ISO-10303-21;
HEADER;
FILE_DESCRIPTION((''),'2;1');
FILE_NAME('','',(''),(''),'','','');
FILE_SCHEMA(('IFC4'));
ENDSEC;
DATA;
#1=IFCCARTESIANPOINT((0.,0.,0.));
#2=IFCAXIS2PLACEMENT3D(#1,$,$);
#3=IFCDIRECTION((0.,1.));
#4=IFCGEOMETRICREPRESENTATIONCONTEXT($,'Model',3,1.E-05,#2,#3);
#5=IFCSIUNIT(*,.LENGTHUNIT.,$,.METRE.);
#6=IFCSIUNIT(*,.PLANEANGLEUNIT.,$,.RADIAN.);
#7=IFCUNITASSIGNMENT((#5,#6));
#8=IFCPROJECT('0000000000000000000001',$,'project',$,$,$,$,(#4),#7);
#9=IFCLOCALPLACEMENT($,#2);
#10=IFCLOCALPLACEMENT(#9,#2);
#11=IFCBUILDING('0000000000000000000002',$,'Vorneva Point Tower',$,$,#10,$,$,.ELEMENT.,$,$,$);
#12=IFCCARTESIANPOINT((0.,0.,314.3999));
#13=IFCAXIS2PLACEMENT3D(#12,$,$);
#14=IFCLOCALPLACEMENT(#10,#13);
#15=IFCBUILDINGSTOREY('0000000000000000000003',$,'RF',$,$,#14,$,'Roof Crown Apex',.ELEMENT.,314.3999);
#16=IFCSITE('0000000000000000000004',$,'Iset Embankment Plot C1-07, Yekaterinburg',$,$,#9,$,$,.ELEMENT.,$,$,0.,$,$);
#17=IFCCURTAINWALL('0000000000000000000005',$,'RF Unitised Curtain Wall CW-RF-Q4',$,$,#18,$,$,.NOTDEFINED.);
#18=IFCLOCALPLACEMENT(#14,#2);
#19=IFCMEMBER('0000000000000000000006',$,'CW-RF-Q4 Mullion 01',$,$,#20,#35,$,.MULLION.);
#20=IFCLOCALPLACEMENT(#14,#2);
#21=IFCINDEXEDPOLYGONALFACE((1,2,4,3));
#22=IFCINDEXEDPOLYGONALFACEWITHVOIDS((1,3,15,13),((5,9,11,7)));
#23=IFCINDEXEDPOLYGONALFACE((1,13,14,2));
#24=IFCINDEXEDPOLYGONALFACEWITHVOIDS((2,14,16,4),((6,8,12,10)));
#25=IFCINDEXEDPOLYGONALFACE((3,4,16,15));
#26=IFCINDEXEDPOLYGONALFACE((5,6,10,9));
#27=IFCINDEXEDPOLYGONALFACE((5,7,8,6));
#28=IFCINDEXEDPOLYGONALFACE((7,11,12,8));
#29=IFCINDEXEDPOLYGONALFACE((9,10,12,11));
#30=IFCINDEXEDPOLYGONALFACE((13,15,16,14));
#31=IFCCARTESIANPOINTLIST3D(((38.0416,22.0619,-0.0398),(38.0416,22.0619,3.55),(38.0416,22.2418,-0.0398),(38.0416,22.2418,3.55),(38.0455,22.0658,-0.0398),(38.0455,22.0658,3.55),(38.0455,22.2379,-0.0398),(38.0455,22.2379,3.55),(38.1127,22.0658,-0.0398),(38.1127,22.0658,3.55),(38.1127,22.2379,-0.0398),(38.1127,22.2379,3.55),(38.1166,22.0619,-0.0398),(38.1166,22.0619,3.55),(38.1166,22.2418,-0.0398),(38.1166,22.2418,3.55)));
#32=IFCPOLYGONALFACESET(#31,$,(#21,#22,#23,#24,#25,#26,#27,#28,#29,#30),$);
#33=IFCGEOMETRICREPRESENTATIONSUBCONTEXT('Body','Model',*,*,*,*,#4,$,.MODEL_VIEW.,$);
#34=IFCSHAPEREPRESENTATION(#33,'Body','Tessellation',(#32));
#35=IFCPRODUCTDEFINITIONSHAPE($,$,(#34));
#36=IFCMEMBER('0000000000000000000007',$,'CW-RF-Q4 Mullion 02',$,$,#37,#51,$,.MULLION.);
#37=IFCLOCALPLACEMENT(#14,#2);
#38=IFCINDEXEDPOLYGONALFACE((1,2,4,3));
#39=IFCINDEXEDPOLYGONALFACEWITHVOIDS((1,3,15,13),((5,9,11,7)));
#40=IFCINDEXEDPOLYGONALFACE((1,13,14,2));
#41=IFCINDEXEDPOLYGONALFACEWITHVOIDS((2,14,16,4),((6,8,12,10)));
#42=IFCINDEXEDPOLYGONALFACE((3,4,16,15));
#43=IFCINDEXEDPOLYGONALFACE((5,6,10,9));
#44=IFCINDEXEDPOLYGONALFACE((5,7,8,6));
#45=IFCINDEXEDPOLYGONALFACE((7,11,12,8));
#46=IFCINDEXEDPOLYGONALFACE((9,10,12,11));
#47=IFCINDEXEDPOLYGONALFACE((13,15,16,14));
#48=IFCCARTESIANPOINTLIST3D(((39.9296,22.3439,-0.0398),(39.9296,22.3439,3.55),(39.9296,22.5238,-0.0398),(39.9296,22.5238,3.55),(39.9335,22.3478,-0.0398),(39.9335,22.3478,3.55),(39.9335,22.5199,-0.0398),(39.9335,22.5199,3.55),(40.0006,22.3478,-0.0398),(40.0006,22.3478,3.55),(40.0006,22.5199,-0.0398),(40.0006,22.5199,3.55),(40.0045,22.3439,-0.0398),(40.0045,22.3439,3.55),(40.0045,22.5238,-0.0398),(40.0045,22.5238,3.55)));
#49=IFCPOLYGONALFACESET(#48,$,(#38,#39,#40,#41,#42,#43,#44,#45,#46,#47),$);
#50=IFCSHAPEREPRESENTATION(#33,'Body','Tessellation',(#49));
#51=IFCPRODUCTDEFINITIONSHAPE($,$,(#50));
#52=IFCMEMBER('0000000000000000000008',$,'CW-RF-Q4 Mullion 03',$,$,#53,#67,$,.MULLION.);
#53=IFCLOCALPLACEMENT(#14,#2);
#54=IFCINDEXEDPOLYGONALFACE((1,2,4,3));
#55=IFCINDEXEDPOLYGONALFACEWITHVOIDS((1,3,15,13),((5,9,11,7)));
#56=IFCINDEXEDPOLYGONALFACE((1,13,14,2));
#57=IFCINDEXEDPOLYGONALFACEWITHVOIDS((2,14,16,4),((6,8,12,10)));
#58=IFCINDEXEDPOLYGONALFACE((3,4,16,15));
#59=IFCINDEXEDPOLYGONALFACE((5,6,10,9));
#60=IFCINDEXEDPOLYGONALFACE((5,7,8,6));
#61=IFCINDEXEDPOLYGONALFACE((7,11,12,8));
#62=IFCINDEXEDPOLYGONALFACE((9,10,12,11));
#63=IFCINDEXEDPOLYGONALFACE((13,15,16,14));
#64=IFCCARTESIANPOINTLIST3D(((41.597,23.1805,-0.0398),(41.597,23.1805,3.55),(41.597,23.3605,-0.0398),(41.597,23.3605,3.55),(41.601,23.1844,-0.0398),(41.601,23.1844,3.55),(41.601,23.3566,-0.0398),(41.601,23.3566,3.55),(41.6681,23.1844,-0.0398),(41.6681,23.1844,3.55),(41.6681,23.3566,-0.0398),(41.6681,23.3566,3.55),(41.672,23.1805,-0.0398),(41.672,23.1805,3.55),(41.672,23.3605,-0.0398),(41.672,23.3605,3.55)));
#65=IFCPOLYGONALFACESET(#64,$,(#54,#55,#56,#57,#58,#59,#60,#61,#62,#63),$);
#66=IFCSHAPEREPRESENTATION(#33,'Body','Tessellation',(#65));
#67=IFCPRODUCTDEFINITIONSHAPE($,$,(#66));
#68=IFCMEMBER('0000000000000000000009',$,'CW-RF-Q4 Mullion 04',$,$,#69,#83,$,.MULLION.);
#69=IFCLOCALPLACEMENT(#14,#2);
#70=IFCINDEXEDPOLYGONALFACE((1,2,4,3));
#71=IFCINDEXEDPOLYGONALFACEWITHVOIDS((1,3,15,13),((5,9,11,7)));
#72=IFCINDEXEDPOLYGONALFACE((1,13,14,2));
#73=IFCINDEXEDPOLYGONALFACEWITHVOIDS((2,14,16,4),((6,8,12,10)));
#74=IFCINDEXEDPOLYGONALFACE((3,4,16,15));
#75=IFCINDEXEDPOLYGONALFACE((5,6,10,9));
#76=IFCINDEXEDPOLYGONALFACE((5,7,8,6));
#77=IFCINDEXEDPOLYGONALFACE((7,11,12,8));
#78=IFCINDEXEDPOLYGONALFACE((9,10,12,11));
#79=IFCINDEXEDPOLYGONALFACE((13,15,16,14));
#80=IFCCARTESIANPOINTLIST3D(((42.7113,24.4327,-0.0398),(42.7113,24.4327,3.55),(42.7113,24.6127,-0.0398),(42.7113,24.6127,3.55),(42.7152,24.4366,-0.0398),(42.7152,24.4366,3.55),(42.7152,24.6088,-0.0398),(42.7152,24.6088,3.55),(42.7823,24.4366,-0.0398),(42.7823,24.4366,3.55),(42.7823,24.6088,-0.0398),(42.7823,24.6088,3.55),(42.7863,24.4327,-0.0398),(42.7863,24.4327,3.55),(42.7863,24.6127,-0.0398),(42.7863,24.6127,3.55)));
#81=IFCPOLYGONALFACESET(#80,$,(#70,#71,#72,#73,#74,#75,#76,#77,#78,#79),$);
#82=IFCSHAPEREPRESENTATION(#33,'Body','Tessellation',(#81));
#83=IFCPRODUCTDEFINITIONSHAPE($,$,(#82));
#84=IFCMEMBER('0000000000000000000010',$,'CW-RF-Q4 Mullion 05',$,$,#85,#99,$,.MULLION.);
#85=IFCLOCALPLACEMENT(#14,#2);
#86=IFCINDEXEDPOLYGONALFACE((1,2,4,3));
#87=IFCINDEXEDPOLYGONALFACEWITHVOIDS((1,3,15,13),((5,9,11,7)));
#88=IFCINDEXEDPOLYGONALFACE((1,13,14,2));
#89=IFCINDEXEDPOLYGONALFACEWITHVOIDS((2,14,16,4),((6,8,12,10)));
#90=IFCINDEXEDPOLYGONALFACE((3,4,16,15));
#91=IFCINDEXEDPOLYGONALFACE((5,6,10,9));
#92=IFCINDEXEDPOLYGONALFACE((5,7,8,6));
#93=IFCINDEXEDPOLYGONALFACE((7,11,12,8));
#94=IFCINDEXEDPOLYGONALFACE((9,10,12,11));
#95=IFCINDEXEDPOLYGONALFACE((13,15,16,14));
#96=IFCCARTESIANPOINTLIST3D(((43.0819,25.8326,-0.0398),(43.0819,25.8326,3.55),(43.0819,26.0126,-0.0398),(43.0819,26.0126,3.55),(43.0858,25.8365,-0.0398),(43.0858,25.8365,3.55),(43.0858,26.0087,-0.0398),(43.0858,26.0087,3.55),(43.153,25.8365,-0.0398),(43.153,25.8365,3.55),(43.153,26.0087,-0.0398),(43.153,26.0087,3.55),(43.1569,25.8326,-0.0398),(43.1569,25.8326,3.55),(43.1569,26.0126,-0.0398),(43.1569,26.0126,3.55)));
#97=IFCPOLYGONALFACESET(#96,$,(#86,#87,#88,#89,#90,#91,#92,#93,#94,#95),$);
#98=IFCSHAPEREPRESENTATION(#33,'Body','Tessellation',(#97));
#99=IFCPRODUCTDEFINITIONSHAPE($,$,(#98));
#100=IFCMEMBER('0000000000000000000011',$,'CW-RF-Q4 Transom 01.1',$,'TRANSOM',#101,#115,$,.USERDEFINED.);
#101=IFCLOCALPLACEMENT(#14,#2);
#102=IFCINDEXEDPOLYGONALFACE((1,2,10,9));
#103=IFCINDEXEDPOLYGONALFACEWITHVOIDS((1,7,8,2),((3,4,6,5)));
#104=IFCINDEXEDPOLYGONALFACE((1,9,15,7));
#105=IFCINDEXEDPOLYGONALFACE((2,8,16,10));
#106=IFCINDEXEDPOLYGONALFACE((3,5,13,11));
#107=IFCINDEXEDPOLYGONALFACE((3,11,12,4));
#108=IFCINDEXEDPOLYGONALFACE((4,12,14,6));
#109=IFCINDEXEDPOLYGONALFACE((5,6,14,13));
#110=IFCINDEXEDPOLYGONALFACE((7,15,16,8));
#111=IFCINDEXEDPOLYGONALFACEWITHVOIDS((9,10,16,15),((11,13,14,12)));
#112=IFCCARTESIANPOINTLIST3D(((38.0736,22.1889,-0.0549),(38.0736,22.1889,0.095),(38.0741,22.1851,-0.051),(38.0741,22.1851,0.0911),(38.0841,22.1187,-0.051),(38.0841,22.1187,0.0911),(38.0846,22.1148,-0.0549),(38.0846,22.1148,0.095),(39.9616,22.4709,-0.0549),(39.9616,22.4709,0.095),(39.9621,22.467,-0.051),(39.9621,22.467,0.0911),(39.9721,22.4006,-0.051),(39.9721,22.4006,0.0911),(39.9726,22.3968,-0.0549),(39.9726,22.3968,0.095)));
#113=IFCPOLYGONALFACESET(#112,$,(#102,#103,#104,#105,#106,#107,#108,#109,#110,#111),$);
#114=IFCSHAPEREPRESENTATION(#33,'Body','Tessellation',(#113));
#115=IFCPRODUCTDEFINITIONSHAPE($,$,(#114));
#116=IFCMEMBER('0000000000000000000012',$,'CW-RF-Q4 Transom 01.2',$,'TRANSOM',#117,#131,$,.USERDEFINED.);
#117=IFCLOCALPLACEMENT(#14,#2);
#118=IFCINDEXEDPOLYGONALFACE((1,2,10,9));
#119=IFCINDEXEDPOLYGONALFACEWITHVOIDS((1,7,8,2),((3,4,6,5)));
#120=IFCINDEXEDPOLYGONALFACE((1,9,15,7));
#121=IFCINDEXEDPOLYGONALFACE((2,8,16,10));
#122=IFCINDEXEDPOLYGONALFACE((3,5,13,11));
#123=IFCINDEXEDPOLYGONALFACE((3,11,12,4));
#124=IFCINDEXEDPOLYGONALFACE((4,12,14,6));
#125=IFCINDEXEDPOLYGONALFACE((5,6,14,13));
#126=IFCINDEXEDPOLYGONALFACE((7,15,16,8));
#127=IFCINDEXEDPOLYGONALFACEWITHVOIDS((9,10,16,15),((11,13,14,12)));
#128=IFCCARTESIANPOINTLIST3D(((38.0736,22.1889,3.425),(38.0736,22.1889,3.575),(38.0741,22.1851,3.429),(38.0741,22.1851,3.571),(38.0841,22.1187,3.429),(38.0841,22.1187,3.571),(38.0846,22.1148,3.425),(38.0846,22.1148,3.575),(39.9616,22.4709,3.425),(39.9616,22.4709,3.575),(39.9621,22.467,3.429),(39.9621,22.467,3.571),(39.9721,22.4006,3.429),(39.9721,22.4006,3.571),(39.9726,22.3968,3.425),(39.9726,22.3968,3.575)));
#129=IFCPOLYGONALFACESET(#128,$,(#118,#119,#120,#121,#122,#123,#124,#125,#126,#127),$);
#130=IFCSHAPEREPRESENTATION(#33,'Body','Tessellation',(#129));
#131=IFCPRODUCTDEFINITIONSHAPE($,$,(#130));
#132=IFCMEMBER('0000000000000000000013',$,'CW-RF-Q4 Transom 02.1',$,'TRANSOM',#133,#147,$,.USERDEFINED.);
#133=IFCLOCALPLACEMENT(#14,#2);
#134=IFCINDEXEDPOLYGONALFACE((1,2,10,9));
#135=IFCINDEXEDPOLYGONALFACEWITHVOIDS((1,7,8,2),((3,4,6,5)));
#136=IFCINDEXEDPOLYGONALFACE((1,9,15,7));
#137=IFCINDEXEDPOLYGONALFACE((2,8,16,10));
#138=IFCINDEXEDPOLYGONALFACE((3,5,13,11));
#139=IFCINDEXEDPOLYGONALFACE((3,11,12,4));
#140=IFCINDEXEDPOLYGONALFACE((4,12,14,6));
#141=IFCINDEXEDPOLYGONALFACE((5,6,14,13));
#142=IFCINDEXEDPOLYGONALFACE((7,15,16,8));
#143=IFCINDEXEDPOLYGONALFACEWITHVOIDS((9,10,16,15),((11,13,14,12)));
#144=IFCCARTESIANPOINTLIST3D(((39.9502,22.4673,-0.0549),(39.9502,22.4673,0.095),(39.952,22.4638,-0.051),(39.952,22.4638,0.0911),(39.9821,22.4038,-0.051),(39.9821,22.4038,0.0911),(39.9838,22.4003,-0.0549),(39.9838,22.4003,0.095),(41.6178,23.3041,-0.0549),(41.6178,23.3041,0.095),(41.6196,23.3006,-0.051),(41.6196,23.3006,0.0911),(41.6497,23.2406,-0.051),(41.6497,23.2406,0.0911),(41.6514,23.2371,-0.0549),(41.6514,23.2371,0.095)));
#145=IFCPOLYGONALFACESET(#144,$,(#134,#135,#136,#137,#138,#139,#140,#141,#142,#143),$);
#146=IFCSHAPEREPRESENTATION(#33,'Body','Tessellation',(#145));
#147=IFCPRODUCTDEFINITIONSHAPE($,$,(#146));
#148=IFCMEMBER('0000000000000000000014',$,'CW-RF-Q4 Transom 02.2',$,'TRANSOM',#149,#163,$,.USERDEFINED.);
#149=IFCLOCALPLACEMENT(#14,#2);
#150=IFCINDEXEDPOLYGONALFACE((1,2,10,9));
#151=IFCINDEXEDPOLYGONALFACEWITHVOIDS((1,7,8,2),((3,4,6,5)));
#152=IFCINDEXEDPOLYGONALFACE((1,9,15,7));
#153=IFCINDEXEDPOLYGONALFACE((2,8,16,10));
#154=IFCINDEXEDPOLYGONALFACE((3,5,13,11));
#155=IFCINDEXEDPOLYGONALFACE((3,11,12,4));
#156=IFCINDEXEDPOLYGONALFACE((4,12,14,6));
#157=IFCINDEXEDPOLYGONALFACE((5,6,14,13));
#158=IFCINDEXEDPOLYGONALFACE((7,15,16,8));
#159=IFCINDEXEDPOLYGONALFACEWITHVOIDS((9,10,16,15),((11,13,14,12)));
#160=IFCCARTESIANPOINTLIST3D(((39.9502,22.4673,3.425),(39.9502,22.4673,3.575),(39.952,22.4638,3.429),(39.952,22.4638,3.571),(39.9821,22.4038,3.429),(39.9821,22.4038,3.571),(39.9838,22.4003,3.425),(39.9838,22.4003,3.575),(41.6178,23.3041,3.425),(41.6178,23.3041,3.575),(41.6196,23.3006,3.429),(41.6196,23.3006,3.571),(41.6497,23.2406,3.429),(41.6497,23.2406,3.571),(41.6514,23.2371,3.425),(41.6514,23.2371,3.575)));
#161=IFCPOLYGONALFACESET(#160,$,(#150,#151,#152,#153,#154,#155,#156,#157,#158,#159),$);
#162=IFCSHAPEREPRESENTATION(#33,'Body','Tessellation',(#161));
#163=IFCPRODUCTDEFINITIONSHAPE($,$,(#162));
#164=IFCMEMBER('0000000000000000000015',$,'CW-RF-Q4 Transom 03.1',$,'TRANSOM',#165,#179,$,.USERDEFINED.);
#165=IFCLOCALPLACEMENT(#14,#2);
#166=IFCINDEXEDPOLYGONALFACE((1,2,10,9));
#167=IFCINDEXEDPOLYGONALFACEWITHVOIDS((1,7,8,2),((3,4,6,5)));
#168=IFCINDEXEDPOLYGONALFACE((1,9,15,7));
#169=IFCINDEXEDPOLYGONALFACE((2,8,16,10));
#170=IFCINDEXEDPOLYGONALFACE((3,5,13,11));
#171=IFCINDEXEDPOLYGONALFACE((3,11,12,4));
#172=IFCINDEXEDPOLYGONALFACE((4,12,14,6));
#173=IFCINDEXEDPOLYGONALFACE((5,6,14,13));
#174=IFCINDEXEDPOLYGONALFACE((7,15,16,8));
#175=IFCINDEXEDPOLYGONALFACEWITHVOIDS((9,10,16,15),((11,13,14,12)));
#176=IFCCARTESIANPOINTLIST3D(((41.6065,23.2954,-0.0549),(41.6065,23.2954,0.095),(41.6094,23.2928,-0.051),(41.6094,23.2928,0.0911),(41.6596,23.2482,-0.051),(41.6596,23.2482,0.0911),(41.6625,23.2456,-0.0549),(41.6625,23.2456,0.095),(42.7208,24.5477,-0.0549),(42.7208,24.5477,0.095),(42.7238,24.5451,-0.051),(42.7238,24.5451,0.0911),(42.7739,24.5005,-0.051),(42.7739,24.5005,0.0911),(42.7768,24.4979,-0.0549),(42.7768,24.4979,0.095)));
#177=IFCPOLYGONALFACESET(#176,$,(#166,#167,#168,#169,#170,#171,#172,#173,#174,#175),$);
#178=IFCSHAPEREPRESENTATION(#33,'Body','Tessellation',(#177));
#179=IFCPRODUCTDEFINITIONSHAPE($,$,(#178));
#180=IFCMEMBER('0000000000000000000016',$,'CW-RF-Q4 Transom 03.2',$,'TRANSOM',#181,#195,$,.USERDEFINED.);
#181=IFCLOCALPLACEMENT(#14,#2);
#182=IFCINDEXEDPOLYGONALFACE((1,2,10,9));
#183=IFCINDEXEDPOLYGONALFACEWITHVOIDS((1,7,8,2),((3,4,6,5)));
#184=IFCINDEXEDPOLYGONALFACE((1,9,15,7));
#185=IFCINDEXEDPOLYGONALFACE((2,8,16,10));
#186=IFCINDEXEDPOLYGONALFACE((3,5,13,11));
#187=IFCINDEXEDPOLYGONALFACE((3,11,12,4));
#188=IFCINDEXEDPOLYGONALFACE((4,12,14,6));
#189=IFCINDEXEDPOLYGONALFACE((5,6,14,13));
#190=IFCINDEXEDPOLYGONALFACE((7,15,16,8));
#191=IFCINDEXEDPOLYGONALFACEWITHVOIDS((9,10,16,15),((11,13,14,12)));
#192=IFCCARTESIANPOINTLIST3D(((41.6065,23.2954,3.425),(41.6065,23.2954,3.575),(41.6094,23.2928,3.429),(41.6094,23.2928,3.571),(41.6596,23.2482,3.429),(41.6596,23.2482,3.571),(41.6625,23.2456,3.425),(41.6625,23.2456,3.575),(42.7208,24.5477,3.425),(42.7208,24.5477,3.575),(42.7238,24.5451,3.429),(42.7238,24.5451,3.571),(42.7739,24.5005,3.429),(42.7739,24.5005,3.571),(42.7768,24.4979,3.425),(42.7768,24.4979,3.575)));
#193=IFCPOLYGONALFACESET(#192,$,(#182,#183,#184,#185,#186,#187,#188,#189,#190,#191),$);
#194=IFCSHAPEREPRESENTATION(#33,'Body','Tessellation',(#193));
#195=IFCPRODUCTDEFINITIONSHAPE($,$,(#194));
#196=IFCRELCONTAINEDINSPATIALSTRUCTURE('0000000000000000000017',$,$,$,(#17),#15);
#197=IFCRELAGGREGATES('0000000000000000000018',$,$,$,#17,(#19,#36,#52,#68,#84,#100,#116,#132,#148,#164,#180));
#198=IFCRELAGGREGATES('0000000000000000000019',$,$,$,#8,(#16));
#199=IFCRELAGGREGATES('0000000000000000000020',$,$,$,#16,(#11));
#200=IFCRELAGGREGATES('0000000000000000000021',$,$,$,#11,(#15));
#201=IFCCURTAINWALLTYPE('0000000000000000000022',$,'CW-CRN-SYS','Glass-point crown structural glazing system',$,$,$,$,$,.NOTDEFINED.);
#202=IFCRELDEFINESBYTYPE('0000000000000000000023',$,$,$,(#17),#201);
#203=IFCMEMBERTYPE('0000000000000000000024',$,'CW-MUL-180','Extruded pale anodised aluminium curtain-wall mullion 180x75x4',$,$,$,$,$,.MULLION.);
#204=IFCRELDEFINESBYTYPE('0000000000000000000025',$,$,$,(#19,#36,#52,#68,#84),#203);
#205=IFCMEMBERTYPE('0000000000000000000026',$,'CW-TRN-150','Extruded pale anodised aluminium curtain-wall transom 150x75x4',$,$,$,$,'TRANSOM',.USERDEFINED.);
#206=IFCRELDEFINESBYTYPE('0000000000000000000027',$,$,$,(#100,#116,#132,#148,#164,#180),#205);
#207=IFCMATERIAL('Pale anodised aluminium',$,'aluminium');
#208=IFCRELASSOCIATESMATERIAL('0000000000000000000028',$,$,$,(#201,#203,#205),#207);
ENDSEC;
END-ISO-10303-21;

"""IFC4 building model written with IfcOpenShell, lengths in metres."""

from ifc_helpers import new_model, si_unit, direction, frame, origin, origin_2d, place, context, subcontext, project, spatial, hollow_rectangle, extrude, material, material_profile, profile_set, type_object, element, aggregate, save


model = new_model("IFC4")

# Units and contexts
model_context = context("Model", 3, precision=1e-05, world=origin(), true_north=direction((0.0, 1.0)))
body_context = subcontext(model_context, "Body", "Model", "MODEL_VIEW")
ifc_project = project(units=[si_unit("LENGTHUNIT", "METRE"), si_unit("PLANEANGLEUNIT", "RADIAN")], contexts=[model_context])

# Site, building, storey
site_placement = place(None, origin())
site = spatial("IfcSite", under=ifc_project, at=site_placement, Name="Iset Embankment Plot C1-07, Yekaterinburg", CompositionType="ELEMENT", RefElevation=0.0)
building_placement = place(site_placement, origin())
building = spatial("IfcBuilding", under=site, at=building_placement, Name="Vorneva Point Tower", CompositionType="ELEMENT")
storey_placement = place(building_placement, frame((0.0, 0.0, 314.3999)))
storey = spatial("IfcBuildingStorey", under=building, at=storey_placement, Name="RF", LongName="Roof Crown Apex", CompositionType="ELEMENT", Elevation=314.3999)

# Curtain wall, members
ifc_material_1 = material(Name="Pale anodised aluminium", Category="aluminium")
curtain_wall_type = type_object("IfcCurtainWallType", Name="CW-CRN-SYS", Description="Glass-point crown structural glazing system", PredefinedType="NOTDEFINED", material=ifc_material_1)
curtain_wall_placement = place(storey_placement, origin())
curtain_wall = element("IfcCurtainWall", 1, at=curtain_wall_placement, inside=storey, type_object=curtain_wall_type, Name="RF Unitised Curtain Wall CW-RF-Q4", PredefinedType="NOTDEFINED")
ifc_material_profile_1 = material_profile(ifc_material_1, hollow_rectangle(XDim=0.075, YDim=0.1799, WallThickness=0.0039, at=origin_2d()), Name="AL-MUL 180x75x4")
ifc_profile_set_1 = profile_set([ifc_material_profile_1], Name="Pale anodised aluminium")
member_type_1 = type_object("IfcMemberType", Name="CW-MUL-180", Description="Extruded pale anodised aluminium curtain-wall mullion 180x75x4", PredefinedType="MULLION", material=ifc_profile_set_1)
member_1_placement = place(storey_placement, frame((38.0791, 22.1519, -0.0398), z_axis=(0.0, 0.0, 1.0), x_axis=(1.0, 0.0, 0.0)))
member_1 = element("IfcMember", 2, at=member_1_placement, type_object=member_type_1, Name="CW-RF-Q4 Mullion 01", PredefinedType="MULLION", context=body_context, shape_type="SweptSolid", body=[
    extrude(hollow_rectangle(XDim=0.075, YDim=0.1799, WallThickness=0.0039, at=origin_2d()), origin(), (0.0, 0.0, 1.0), 3.5898),
])
member_2_placement = place(storey_placement, frame((39.967, 22.4338, -0.0398), z_axis=(0.0, 0.0, 1.0), x_axis=(1.0, 0.0, 0.0)))
member_2 = element("IfcMember", 3, at=member_2_placement, type_object=member_type_1, Name="CW-RF-Q4 Mullion 02", PredefinedType="MULLION", context=body_context, shape_type="SweptSolid", body=[
    extrude(hollow_rectangle(XDim=0.075, YDim=0.1799, WallThickness=0.0039, at=origin_2d()), origin(), (0.0, 0.0, 1.0), 3.5898),
])
member_3_placement = place(storey_placement, frame((41.6345, 23.2705, -0.0398), z_axis=(0.0, 0.0, 1.0), x_axis=(1.0, 0.0, 0.0)))
member_3 = element("IfcMember", 4, at=member_3_placement, type_object=member_type_1, Name="CW-RF-Q4 Mullion 03", PredefinedType="MULLION", context=body_context, shape_type="SweptSolid", body=[
    extrude(hollow_rectangle(XDim=0.075, YDim=0.1799, WallThickness=0.0039, at=origin_2d()), origin(), (0.0, 0.0, 1.0), 3.5898),
])
member_4_placement = place(storey_placement, frame((42.7488, 24.5227, -0.0398), z_axis=(0.0, 0.0, 1.0), x_axis=(1.0, 0.0, 0.0)))
member_4 = element("IfcMember", 5, at=member_4_placement, type_object=member_type_1, Name="CW-RF-Q4 Mullion 04", PredefinedType="MULLION", context=body_context, shape_type="SweptSolid", body=[
    extrude(hollow_rectangle(XDim=0.075, YDim=0.1799, WallThickness=0.0039, at=origin_2d()), origin(), (0.0, 0.0, 1.0), 3.5898),
])
member_5_placement = place(storey_placement, frame((43.1194, 25.9226, -0.0398), z_axis=(0.0, 0.0, 1.0), x_axis=(1.0, 0.0, 0.0)))
member_5 = element("IfcMember", 6, at=member_5_placement, type_object=member_type_1, Name="CW-RF-Q4 Mullion 05", PredefinedType="MULLION", context=body_context, shape_type="SweptSolid", body=[
    extrude(hollow_rectangle(XDim=0.075, YDim=0.1799, WallThickness=0.0039, at=origin_2d()), origin(), (0.0, 0.0, 1.0), 3.5898),
])
ifc_material_profile_2 = material_profile(ifc_material_1, hollow_rectangle(XDim=0.075, YDim=0.1499, WallThickness=0.0039, at=origin_2d()), Name="AL-TRN 150x75x4")
ifc_profile_set_2 = profile_set([ifc_material_profile_2], Name="Pale anodised aluminium")
member_type_2 = type_object("IfcMemberType", Name="CW-TRN-150", Description="Extruded pale anodised aluminium curtain-wall transom 150x75x4", ElementType="TRANSOM", PredefinedType="USERDEFINED", material=ifc_profile_set_2)
member_6_placement = place(storey_placement, frame((38.0791, 22.1519, 0.02), z_axis=(0.989029, 0.147721, 0.0), x_axis=(-0.147721, 0.989029, 0.0)))
member_6 = element("IfcMember", 7, at=member_6_placement, type_object=member_type_2, Name="CW-RF-Q4 Transom 01.1", ObjectType="TRANSOM", PredefinedType="USERDEFINED", context=body_context, shape_type="SweptSolid", body=[
    extrude(hollow_rectangle(XDim=0.075, YDim=0.1499, WallThickness=0.0039, at=origin_2d()), origin(), (0.0, 0.0, 1.0), 1.9089),
])
member_7_placement = place(storey_placement, frame((38.0791, 22.1519, 3.5), z_axis=(0.989029, 0.147721, 0.0), x_axis=(-0.147721, 0.989029, 0.0)))
member_7 = element("IfcMember", 8, at=member_7_placement, type_object=member_type_2, Name="CW-RF-Q4 Transom 01.2", ObjectType="TRANSOM", PredefinedType="USERDEFINED", context=body_context, shape_type="SweptSolid", body=[
    extrude(hollow_rectangle(XDim=0.075, YDim=0.1499, WallThickness=0.0039, at=origin_2d()), origin(), (0.0, 0.0, 1.0), 1.9089),
])
member_8_placement = place(storey_placement, frame((39.967, 22.4338, 0.02), z_axis=(0.893798, 0.448469, 0.0), x_axis=(-0.448469, 0.893798, 0.0)))
member_8 = element("IfcMember", 9, at=member_8_placement, type_object=member_type_2, Name="CW-RF-Q4 Transom 02.1", ObjectType="TRANSOM", PredefinedType="USERDEFINED", context=body_context, shape_type="SweptSolid", body=[
    extrude(hollow_rectangle(XDim=0.075, YDim=0.1499, WallThickness=0.0039, at=origin_2d()), origin(), (0.0, 0.0, 1.0), 1.8657),
])
member_9_placement = place(storey_placement, frame((39.967, 22.4338, 3.5), z_axis=(0.893798, 0.448469, 0.0), x_axis=(-0.448469, 0.893798, 0.0)))
member_9 = element("IfcMember", 10, at=member_9_placement, type_object=member_type_2, Name="CW-RF-Q4 Transom 02.2", ObjectType="TRANSOM", PredefinedType="USERDEFINED", context=body_context, shape_type="SweptSolid", body=[
    extrude(hollow_rectangle(XDim=0.075, YDim=0.1499, WallThickness=0.0039, at=origin_2d()), origin(), (0.0, 0.0, 1.0), 1.8657),
])
member_10_placement = place(storey_placement, frame((41.6345, 23.2705, 0.02), z_axis=(0.664762, 0.747056, 0.0), x_axis=(-0.747056, 0.664762, 0.0)))
member_10 = element("IfcMember", 11, at=member_10_placement, type_object=member_type_2, Name="CW-RF-Q4 Transom 03.1", ObjectType="TRANSOM", PredefinedType="USERDEFINED", context=body_context, shape_type="SweptSolid", body=[
    extrude(hollow_rectangle(XDim=0.075, YDim=0.1499, WallThickness=0.0039, at=origin_2d()), origin(), (0.0, 0.0, 1.0), 1.6763),
])
member_11_placement = place(storey_placement, frame((41.6345, 23.2705, 3.5), z_axis=(0.664762, 0.747056, 0.0), x_axis=(-0.747056, 0.664762, 0.0)))
member_11 = element("IfcMember", 12, at=member_11_placement, type_object=member_type_2, Name="CW-RF-Q4 Transom 03.2", ObjectType="TRANSOM", PredefinedType="USERDEFINED", context=body_context, shape_type="SweptSolid", body=[
    extrude(hollow_rectangle(XDim=0.075, YDim=0.1499, WallThickness=0.0039, at=origin_2d()), origin(), (0.0, 0.0, 1.0), 1.6763),
])

aggregate(curtain_wall, [member_1, member_2, member_3, member_4, member_5, member_6, member_7, member_8, member_9, member_10, member_11])

save(model, "model.ifc")
